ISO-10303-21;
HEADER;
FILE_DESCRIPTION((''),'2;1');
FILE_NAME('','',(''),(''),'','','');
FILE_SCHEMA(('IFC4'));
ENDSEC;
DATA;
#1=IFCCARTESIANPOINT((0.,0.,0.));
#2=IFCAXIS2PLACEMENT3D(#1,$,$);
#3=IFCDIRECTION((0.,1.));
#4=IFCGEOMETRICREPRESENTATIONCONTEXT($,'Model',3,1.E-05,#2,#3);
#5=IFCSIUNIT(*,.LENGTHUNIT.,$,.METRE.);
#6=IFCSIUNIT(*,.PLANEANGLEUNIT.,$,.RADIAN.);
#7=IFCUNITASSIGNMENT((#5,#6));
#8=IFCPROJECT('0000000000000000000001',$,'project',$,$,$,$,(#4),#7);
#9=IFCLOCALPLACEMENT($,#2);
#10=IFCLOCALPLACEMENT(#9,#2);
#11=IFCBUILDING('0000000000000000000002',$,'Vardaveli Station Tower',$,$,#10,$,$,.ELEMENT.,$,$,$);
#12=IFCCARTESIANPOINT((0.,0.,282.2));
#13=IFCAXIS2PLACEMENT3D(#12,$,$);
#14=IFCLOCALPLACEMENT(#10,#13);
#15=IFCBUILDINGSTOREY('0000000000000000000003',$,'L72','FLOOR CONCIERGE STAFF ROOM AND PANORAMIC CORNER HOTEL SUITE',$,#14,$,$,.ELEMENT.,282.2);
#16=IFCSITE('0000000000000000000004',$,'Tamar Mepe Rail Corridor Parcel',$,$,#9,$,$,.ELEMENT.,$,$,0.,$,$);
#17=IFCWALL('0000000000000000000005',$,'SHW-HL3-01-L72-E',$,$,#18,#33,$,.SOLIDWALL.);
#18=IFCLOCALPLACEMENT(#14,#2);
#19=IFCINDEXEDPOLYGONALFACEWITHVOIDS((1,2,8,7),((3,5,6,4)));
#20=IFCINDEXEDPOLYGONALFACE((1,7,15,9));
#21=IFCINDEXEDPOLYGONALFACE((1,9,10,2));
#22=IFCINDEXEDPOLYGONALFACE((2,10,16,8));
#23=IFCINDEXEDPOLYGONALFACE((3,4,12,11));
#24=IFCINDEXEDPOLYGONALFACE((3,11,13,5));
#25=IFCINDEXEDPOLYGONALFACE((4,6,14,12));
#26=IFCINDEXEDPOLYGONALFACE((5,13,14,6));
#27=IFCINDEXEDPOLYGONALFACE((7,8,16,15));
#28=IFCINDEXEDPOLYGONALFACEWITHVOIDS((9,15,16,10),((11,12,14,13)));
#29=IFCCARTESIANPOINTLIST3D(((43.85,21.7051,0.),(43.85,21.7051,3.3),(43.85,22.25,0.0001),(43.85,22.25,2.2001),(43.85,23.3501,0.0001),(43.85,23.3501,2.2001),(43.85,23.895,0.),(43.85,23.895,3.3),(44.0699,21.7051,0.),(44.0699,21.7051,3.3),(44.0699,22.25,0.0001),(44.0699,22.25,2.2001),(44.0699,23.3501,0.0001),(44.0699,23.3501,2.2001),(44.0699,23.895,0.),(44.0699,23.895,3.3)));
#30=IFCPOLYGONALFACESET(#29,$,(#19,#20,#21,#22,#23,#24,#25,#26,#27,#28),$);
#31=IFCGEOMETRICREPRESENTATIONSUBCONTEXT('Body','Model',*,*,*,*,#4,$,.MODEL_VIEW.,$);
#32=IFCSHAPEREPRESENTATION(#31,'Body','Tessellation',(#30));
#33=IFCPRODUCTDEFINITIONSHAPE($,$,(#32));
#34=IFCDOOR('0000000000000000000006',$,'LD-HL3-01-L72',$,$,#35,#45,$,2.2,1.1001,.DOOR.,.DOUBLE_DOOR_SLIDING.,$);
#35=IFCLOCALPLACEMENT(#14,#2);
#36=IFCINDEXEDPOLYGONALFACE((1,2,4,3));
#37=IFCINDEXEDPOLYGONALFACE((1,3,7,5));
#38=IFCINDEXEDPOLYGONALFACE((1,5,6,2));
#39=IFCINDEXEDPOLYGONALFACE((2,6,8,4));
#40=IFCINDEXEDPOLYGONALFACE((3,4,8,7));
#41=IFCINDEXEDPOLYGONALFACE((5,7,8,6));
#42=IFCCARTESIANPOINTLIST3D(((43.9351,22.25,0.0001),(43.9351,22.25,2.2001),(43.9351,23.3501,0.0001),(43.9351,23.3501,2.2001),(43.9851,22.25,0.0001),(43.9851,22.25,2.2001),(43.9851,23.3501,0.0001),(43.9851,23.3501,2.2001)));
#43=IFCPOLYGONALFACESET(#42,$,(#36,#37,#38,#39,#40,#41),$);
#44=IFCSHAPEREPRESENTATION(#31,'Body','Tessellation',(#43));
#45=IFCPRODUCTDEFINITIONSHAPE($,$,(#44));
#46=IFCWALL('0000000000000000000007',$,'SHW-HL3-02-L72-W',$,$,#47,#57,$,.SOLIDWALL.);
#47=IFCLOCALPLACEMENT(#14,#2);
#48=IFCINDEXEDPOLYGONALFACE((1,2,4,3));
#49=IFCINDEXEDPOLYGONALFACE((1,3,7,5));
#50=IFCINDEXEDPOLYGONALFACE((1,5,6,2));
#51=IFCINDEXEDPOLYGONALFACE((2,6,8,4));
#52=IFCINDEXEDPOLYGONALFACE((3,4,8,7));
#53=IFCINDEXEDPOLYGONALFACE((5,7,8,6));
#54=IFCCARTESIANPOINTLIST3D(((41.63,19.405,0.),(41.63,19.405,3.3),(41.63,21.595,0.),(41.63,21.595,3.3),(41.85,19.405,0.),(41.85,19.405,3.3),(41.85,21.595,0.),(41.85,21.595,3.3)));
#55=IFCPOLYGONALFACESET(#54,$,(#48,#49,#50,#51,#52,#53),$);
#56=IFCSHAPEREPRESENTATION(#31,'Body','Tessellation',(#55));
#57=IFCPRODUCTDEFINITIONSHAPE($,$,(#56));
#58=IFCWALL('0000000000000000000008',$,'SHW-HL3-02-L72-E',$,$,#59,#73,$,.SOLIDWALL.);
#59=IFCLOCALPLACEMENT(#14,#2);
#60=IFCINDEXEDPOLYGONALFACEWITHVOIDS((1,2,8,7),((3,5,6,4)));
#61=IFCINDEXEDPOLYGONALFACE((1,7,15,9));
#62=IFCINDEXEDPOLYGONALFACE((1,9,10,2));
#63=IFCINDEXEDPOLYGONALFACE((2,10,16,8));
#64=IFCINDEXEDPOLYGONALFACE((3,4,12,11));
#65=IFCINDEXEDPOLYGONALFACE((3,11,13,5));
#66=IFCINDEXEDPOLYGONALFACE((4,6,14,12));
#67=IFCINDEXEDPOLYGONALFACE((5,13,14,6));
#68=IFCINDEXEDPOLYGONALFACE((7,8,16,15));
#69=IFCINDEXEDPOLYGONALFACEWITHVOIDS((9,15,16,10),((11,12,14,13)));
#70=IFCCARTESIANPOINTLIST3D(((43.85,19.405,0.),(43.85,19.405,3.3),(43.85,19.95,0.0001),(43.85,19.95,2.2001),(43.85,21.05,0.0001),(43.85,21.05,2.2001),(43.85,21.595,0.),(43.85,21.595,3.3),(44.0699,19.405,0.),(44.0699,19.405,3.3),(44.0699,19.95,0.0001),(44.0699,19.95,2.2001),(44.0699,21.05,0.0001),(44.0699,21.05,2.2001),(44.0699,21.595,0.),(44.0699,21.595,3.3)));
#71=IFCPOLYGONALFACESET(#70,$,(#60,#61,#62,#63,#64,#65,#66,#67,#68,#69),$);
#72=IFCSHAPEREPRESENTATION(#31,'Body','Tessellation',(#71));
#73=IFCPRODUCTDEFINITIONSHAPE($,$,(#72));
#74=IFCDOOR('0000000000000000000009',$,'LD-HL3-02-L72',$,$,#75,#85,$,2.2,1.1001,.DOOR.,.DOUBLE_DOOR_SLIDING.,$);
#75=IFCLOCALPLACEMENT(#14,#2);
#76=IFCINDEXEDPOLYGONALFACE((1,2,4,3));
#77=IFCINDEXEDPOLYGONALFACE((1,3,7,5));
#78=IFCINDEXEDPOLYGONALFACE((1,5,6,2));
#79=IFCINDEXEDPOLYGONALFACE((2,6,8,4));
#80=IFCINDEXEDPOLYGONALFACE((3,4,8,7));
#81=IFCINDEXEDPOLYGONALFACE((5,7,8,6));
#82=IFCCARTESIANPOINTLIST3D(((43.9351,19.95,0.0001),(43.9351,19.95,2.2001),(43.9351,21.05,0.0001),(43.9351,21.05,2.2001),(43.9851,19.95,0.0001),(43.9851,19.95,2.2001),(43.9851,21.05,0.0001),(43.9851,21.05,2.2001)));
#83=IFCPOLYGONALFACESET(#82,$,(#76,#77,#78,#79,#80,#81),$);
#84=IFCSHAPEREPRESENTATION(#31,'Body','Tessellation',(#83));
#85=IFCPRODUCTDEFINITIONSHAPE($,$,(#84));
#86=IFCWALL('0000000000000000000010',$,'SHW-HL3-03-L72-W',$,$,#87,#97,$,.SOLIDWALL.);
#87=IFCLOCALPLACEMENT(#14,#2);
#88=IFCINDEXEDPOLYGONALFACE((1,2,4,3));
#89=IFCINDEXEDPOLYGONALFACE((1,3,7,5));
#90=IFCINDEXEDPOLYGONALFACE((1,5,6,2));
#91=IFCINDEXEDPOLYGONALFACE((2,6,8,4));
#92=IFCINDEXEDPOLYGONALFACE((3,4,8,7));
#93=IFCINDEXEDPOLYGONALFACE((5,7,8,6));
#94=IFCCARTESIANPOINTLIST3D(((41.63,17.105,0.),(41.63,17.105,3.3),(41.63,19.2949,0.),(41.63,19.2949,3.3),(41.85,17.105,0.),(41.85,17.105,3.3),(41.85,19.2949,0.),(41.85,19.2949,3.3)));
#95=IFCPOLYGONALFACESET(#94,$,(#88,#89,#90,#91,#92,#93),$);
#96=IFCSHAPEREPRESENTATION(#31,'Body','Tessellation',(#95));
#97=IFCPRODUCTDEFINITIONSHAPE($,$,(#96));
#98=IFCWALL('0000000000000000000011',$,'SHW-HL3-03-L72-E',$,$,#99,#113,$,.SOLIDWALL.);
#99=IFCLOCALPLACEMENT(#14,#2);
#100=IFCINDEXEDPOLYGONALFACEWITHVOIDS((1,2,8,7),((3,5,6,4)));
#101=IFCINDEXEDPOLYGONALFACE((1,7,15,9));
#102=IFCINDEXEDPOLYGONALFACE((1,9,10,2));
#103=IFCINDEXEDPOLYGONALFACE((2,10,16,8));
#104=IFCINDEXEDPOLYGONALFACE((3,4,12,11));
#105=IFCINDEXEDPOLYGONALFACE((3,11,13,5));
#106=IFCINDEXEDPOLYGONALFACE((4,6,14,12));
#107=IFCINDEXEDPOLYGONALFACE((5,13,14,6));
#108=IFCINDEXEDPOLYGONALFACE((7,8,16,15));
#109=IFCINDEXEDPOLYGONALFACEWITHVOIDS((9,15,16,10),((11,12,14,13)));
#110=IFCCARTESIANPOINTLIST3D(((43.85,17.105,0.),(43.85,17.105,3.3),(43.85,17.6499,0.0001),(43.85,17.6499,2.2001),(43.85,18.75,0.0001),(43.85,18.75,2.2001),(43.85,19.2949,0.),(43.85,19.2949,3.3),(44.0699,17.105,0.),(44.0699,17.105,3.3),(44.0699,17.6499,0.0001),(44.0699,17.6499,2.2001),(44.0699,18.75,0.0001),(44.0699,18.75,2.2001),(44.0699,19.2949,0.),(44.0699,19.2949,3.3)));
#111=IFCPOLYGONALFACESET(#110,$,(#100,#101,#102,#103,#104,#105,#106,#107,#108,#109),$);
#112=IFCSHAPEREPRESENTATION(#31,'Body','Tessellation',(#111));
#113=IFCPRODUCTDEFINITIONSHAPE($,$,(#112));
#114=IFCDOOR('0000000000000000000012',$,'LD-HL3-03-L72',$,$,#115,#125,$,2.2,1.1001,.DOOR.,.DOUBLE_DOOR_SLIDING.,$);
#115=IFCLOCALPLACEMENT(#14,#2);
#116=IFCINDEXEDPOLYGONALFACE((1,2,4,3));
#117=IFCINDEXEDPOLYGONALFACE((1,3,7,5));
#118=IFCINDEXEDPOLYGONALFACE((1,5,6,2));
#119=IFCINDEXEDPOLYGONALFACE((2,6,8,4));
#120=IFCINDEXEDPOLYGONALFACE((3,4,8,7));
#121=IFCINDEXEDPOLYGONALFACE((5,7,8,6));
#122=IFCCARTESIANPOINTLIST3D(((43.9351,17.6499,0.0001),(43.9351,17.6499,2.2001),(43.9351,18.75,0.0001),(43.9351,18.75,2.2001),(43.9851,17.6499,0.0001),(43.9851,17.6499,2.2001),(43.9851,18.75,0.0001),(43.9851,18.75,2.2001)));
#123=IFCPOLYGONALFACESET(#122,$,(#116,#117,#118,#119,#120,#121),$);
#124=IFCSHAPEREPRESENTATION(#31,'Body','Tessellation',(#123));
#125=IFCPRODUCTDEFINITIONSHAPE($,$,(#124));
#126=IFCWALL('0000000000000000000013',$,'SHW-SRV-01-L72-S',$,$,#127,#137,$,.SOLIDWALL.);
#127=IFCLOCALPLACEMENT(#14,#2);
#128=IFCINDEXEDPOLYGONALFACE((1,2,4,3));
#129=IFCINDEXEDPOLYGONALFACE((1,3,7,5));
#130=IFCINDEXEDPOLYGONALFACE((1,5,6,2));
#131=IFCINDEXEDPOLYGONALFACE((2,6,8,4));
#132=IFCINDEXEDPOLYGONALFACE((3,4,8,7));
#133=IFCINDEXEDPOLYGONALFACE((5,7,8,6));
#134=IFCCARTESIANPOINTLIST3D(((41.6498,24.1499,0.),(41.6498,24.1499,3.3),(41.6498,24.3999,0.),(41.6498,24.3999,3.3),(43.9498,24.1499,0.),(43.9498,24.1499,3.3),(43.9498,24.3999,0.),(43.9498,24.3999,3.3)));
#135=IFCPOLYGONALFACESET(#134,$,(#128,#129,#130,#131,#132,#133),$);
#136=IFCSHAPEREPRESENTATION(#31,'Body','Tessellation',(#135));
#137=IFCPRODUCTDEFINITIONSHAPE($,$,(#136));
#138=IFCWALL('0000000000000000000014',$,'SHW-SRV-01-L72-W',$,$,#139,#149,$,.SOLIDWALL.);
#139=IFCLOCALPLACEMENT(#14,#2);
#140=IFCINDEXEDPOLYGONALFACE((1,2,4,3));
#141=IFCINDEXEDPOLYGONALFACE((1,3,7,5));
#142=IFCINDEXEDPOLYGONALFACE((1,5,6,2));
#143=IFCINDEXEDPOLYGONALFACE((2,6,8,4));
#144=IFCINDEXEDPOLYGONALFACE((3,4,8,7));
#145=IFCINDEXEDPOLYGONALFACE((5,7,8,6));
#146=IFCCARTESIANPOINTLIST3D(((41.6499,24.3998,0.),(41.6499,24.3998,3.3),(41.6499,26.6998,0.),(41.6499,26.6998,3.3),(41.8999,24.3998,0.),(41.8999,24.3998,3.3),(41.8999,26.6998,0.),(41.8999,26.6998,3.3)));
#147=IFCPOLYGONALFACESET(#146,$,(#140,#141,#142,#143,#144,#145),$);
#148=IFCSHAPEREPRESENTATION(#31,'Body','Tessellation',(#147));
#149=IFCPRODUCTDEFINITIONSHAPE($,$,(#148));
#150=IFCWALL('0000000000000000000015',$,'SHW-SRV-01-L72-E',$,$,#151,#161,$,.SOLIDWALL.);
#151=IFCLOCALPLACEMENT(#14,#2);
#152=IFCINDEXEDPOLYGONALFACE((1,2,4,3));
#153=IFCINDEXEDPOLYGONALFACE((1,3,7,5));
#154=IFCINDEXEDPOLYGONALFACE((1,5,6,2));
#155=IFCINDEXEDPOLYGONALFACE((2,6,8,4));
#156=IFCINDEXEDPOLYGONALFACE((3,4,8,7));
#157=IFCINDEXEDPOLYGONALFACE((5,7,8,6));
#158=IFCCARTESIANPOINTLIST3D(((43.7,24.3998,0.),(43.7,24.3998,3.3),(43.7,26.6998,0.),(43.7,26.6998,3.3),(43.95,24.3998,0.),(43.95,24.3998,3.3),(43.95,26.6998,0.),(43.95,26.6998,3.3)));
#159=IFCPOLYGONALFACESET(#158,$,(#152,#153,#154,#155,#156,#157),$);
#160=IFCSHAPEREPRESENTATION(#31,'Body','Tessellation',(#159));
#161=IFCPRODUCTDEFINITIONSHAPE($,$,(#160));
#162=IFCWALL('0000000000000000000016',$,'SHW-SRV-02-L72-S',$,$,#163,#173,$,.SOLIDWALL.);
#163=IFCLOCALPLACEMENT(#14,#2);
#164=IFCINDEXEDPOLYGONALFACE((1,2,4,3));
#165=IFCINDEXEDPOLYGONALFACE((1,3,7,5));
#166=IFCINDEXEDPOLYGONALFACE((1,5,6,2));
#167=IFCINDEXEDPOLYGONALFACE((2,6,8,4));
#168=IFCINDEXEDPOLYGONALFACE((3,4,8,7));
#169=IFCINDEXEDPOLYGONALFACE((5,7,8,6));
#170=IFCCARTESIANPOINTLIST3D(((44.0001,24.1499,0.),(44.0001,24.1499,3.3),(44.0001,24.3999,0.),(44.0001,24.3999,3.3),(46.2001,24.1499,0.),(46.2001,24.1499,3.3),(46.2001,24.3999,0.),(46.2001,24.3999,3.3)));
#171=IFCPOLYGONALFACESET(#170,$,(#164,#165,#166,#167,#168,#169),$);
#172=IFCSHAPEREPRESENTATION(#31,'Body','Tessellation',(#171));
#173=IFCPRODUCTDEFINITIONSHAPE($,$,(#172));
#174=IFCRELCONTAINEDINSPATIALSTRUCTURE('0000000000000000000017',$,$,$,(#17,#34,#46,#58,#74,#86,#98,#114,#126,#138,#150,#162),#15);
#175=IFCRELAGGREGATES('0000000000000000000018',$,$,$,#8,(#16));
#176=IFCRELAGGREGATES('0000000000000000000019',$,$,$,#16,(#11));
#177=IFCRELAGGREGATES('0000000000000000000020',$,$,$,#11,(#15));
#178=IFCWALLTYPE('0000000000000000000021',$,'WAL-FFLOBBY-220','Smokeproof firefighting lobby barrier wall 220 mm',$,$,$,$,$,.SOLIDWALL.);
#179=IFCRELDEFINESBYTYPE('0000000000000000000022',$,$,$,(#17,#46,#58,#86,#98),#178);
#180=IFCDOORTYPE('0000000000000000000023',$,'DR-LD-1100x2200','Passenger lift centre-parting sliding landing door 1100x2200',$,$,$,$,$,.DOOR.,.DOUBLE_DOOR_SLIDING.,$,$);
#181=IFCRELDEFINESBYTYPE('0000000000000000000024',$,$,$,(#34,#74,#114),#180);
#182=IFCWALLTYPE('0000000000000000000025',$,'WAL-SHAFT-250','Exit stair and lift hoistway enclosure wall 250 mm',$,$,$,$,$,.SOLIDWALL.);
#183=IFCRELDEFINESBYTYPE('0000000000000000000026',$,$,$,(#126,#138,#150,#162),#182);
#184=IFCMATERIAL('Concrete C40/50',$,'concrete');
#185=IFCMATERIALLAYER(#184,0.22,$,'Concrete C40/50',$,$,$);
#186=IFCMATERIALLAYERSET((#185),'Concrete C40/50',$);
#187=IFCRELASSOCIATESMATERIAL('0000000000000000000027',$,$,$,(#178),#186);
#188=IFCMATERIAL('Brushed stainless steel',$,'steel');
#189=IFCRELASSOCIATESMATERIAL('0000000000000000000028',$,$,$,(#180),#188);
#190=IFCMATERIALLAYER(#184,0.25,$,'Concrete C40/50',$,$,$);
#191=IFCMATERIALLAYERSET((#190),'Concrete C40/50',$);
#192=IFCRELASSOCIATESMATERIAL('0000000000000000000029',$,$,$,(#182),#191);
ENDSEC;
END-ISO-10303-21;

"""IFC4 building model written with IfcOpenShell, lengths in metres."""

from ifc_helpers import new_model, si_unit, direction, frame, frame_2d, origin, place, context, subcontext, project, spatial, rectangle, extrude, source, transform, mapped, material, layer, layer_set, type_object, element, fill, save


model = new_model("IFC4")

# Units and contexts
model_context = context("Model", 3, precision=1e-05, world=origin(), true_north=direction((0.0, 1.0)))
body_context = subcontext(model_context, "Body", "Model", "MODEL_VIEW")
ifc_project = project(units=[si_unit("LENGTHUNIT", "METRE"), si_unit("PLANEANGLEUNIT", "RADIAN")], contexts=[model_context])

# Site, building, storey
site_placement = place(None, origin())
site = spatial("IfcSite", under=ifc_project, at=site_placement, Name="Tamar Mepe Rail Corridor Parcel", CompositionType="ELEMENT", RefElevation=0.0)
building_placement = place(site_placement, origin())
building = spatial("IfcBuilding", under=site, at=building_placement, Name="Vardaveli Station Tower", CompositionType="ELEMENT")
storey_placement = place(building_placement, frame((0.0, 0.0, 282.2)))
storey = spatial("IfcBuildingStorey", under=building, at=storey_placement, Name="L72", Description="FLOOR CONCIERGE STAFF ROOM AND PANORAMIC CORNER HOTEL SUITE", CompositionType="ELEMENT", Elevation=282.2)

# Shared definitions
ifc_material_1 = material(Name="Concrete C40/50", Category="concrete")
ifc_layer_1 = layer(ifc_material_1, 0.22, Name="Concrete C40/50")
ifc_layer_set_1 = layer_set([ifc_layer_1], Name="Concrete C40/50")
wall_type_1 = type_object("IfcWallType", Name="WAL-FFLOBBY-220", Description="Smokeproof firefighting lobby barrier wall 220 mm", PredefinedType="SOLIDWALL", material=ifc_layer_set_1)
shared_shape_1 = source(origin(), body_context, "Body", "SweptSolid", [
    extrude(rectangle(XDim=2.1899, YDim=0.22, at=frame_2d((1.095, 0.0))), origin(), (0.0, 0.0, 1.0), 3.3),
])

# Wall, opening, door
wall_1_placement = place(storey_placement, frame((43.96, 21.7051, 0.0), z_axis=(0.0, 0.0, 1.0), x_axis=(0.0, 1.0, 0.0)))
wall_1 = element("IfcWall", 1, at=wall_1_placement, inside=storey, type_object=wall_type_1, Name="SHW-HL3-01-L72-E", PredefinedType="SOLIDWALL", context=body_context, shape_type="MappedRepresentation", body=[
    mapped(shared_shape_1, transform((0.0, 0.0, 0.0), scale=1.0)),
])
shared_shape_2 = source(origin(), body_context, "Body", "SweptSolid", [
    extrude(rectangle(XDim=1.1001, YDim=2.2, at=frame_2d((0.55, 1.1001))), frame((0.0, 0.1201, 0.0), z_axis=(0.0, -1.0, 0.0), x_axis=(1.0, 0.0, 0.0)), (0.0, 0.0, 1.0), 0.24),
])
opening_1_placement = place(wall_1_placement, frame((0.5449, 0.0, 0.0)))
opening_1 = element("IfcOpeningElement", 2, at=opening_1_placement, cuts=wall_1, PredefinedType="OPENING", context=body_context, shape_type="MappedRepresentation", body=[
    mapped(shared_shape_2, transform((0.0, 0.0, 0.0), scale=1.0)),
])
ifc_material_2 = material(Name="Brushed stainless steel", Category="steel")
door_type_1 = type_object("IfcDoorType", Name="DR-LD-1100x2200", Description="Passenger lift centre-parting sliding landing door 1100x2200", OperationType="DOUBLE_DOOR_SLIDING", PredefinedType="DOOR", material=ifc_material_2)
shared_shape_3 = source(origin(), body_context, "Body", "SweptSolid", [
    extrude(rectangle(XDim=1.1001, YDim=2.2, at=frame_2d((0.55, 1.1001))), frame((0.0, 0.0249, 0.0), z_axis=(0.0, -1.0, 0.0), x_axis=(1.0, 0.0, 0.0)), (0.0, 0.0, 1.0), 0.05),
])
door_1_placement = place(opening_1_placement, origin())
door_1 = element("IfcDoor", 3, at=door_1_placement, inside=storey, type_object=door_type_1, Name="LD-HL3-01-L72", OperationType="DOUBLE_DOOR_SLIDING", OverallHeight=2.2, OverallWidth=1.1001, PredefinedType="DOOR", context=body_context, shape_type="MappedRepresentation", body=[
    mapped(shared_shape_3, transform((0.0, 0.0, 0.0), scale=1.0)),
])
fill(opening_1, door_1)

# Wall
wall_2_placement = place(storey_placement, frame((41.74, 19.405, 0.0), z_axis=(0.0, 0.0, 1.0), x_axis=(0.0, 1.0, 0.0)))
element("IfcWall", 4, at=wall_2_placement, inside=storey, type_object=wall_type_1, Name="SHW-HL3-02-L72-W", PredefinedType="SOLIDWALL", context=body_context, shape_type="MappedRepresentation", body=[
    mapped(shared_shape_1, transform((0.0, 0.0, 0.0), scale=1.0)),
])

# Wall, opening, door
wall_3_placement = place(storey_placement, frame((43.96, 19.405, 0.0), z_axis=(0.0, 0.0, 1.0), x_axis=(0.0, 1.0, 0.0)))
wall_3 = element("IfcWall", 5, at=wall_3_placement, inside=storey, type_object=wall_type_1, Name="SHW-HL3-02-L72-E", PredefinedType="SOLIDWALL", context=body_context, shape_type="MappedRepresentation", body=[
    mapped(shared_shape_1, transform((0.0, 0.0, 0.0), scale=1.0)),
])
opening_2_placement = place(wall_3_placement, frame((0.5449, 0.0, 0.0)))
opening_2 = element("IfcOpeningElement", 6, at=opening_2_placement, cuts=wall_3, PredefinedType="OPENING", context=body_context, shape_type="MappedRepresentation", body=[
    mapped(shared_shape_2, transform((0.0, 0.0, 0.0), scale=1.0)),
])
door_2_placement = place(opening_2_placement, origin())
door_2 = element("IfcDoor", 7, at=door_2_placement, inside=storey, type_object=door_type_1, Name="LD-HL3-02-L72", OperationType="DOUBLE_DOOR_SLIDING", OverallHeight=2.2, OverallWidth=1.1001, PredefinedType="DOOR", context=body_context, shape_type="MappedRepresentation", body=[
    mapped(shared_shape_3, transform((0.0, 0.0, 0.0), scale=1.0)),
])
fill(opening_2, door_2)

# Wall
wall_4_placement = place(storey_placement, frame((41.74, 17.105, 0.0), z_axis=(0.0, 0.0, 1.0), x_axis=(0.0, 1.0, 0.0)))
element("IfcWall", 8, at=wall_4_placement, inside=storey, type_object=wall_type_1, Name="SHW-HL3-03-L72-W", PredefinedType="SOLIDWALL", context=body_context, shape_type="MappedRepresentation", body=[
    mapped(shared_shape_1, transform((0.0, 0.0, 0.0), scale=1.0)),
])

# Wall, opening, door
wall_5_placement = place(storey_placement, frame((43.96, 17.105, 0.0), z_axis=(0.0, 0.0, 1.0), x_axis=(0.0, 1.0, 0.0)))
wall_5 = element("IfcWall", 9, at=wall_5_placement, inside=storey, type_object=wall_type_1, Name="SHW-HL3-03-L72-E", PredefinedType="SOLIDWALL", context=body_context, shape_type="MappedRepresentation", body=[
    mapped(shared_shape_1, transform((0.0, 0.0, 0.0), scale=1.0)),
])
opening_3_placement = place(wall_5_placement, frame((0.5449, 0.0, 0.0)))
opening_3 = element("IfcOpeningElement", 10, at=opening_3_placement, cuts=wall_5, PredefinedType="OPENING", context=body_context, shape_type="MappedRepresentation", body=[
    mapped(shared_shape_2, transform((0.0, 0.0, 0.0), scale=1.0)),
])
door_3_placement = place(opening_3_placement, origin())
door_3 = element("IfcDoor", 11, at=door_3_placement, inside=storey, type_object=door_type_1, Name="LD-HL3-03-L72", OperationType="DOUBLE_DOOR_SLIDING", OverallHeight=2.2, OverallWidth=1.1001, PredefinedType="DOOR", context=body_context, shape_type="MappedRepresentation", body=[
    mapped(shared_shape_3, transform((0.0, 0.0, 0.0), scale=1.0)),
])
fill(opening_3, door_3)

# Walls
ifc_layer_2 = layer(ifc_material_1, 0.25, Name="Concrete C40/50")
ifc_layer_set_2 = layer_set([ifc_layer_2], Name="Concrete C40/50")
wall_type_2 = type_object("IfcWallType", Name="WAL-SHAFT-250", Description="Exit stair and lift hoistway enclosure wall 250 mm", PredefinedType="SOLIDWALL", material=ifc_layer_set_2)
shared_shape_4 = source(origin(), body_context, "Body", "SweptSolid", [
    extrude(rectangle(XDim=2.3, YDim=0.25, at=frame_2d((1.1499, 0.0))), origin(), (0.0, 0.0, 1.0), 3.3),
])
for number, where, z_axis, x_axis, name in (
    (12, (41.6499, 24.2749, 0.0), (0.0, 0.0, 1.0), (1.0, 0.0, 0.0), "SHW-SRV-01-L72-S"),
    (13, (41.7749, 24.3999, 0.0), (0.0, 0.0, 1.0), (0.0, 1.0, 0.0), "SHW-SRV-01-L72-W"),
    (14, (43.825, 24.3999, 0.0), (0.0, 0.0, 1.0), (0.0, 1.0, 0.0), "SHW-SRV-01-L72-E"),
):
    element("IfcWall", number, at=place(storey_placement, frame(where, z_axis=z_axis, x_axis=x_axis)), inside=storey, type_object=wall_type_2, Name=name, PredefinedType="SOLIDWALL", context=body_context, shape_type="MappedRepresentation", body=[
        mapped(shared_shape_4, transform((0.0, 0.0, 0.0), scale=1.0)),
    ])
shared_shape_5 = source(origin(), body_context, "Body", "SweptSolid", [
    extrude(rectangle(XDim=2.2, YDim=0.25, at=frame_2d((1.1001, 0.0))), origin(), (0.0, 0.0, 1.0), 3.3),
])
wall_6_placement = place(storey_placement, frame((44.0, 24.2749, 0.0), z_axis=(0.0, 0.0, 1.0), x_axis=(1.0, 0.0, 0.0)))
element("IfcWall", 15, at=wall_6_placement, inside=storey, type_object=wall_type_2, Name="SHW-SRV-02-L72-S", PredefinedType="SOLIDWALL", context=body_context, shape_type="MappedRepresentation", body=[
    mapped(shared_shape_5, transform((0.0, 0.0, 0.0), scale=1.0)),
])

save(model, "model.ifc")
